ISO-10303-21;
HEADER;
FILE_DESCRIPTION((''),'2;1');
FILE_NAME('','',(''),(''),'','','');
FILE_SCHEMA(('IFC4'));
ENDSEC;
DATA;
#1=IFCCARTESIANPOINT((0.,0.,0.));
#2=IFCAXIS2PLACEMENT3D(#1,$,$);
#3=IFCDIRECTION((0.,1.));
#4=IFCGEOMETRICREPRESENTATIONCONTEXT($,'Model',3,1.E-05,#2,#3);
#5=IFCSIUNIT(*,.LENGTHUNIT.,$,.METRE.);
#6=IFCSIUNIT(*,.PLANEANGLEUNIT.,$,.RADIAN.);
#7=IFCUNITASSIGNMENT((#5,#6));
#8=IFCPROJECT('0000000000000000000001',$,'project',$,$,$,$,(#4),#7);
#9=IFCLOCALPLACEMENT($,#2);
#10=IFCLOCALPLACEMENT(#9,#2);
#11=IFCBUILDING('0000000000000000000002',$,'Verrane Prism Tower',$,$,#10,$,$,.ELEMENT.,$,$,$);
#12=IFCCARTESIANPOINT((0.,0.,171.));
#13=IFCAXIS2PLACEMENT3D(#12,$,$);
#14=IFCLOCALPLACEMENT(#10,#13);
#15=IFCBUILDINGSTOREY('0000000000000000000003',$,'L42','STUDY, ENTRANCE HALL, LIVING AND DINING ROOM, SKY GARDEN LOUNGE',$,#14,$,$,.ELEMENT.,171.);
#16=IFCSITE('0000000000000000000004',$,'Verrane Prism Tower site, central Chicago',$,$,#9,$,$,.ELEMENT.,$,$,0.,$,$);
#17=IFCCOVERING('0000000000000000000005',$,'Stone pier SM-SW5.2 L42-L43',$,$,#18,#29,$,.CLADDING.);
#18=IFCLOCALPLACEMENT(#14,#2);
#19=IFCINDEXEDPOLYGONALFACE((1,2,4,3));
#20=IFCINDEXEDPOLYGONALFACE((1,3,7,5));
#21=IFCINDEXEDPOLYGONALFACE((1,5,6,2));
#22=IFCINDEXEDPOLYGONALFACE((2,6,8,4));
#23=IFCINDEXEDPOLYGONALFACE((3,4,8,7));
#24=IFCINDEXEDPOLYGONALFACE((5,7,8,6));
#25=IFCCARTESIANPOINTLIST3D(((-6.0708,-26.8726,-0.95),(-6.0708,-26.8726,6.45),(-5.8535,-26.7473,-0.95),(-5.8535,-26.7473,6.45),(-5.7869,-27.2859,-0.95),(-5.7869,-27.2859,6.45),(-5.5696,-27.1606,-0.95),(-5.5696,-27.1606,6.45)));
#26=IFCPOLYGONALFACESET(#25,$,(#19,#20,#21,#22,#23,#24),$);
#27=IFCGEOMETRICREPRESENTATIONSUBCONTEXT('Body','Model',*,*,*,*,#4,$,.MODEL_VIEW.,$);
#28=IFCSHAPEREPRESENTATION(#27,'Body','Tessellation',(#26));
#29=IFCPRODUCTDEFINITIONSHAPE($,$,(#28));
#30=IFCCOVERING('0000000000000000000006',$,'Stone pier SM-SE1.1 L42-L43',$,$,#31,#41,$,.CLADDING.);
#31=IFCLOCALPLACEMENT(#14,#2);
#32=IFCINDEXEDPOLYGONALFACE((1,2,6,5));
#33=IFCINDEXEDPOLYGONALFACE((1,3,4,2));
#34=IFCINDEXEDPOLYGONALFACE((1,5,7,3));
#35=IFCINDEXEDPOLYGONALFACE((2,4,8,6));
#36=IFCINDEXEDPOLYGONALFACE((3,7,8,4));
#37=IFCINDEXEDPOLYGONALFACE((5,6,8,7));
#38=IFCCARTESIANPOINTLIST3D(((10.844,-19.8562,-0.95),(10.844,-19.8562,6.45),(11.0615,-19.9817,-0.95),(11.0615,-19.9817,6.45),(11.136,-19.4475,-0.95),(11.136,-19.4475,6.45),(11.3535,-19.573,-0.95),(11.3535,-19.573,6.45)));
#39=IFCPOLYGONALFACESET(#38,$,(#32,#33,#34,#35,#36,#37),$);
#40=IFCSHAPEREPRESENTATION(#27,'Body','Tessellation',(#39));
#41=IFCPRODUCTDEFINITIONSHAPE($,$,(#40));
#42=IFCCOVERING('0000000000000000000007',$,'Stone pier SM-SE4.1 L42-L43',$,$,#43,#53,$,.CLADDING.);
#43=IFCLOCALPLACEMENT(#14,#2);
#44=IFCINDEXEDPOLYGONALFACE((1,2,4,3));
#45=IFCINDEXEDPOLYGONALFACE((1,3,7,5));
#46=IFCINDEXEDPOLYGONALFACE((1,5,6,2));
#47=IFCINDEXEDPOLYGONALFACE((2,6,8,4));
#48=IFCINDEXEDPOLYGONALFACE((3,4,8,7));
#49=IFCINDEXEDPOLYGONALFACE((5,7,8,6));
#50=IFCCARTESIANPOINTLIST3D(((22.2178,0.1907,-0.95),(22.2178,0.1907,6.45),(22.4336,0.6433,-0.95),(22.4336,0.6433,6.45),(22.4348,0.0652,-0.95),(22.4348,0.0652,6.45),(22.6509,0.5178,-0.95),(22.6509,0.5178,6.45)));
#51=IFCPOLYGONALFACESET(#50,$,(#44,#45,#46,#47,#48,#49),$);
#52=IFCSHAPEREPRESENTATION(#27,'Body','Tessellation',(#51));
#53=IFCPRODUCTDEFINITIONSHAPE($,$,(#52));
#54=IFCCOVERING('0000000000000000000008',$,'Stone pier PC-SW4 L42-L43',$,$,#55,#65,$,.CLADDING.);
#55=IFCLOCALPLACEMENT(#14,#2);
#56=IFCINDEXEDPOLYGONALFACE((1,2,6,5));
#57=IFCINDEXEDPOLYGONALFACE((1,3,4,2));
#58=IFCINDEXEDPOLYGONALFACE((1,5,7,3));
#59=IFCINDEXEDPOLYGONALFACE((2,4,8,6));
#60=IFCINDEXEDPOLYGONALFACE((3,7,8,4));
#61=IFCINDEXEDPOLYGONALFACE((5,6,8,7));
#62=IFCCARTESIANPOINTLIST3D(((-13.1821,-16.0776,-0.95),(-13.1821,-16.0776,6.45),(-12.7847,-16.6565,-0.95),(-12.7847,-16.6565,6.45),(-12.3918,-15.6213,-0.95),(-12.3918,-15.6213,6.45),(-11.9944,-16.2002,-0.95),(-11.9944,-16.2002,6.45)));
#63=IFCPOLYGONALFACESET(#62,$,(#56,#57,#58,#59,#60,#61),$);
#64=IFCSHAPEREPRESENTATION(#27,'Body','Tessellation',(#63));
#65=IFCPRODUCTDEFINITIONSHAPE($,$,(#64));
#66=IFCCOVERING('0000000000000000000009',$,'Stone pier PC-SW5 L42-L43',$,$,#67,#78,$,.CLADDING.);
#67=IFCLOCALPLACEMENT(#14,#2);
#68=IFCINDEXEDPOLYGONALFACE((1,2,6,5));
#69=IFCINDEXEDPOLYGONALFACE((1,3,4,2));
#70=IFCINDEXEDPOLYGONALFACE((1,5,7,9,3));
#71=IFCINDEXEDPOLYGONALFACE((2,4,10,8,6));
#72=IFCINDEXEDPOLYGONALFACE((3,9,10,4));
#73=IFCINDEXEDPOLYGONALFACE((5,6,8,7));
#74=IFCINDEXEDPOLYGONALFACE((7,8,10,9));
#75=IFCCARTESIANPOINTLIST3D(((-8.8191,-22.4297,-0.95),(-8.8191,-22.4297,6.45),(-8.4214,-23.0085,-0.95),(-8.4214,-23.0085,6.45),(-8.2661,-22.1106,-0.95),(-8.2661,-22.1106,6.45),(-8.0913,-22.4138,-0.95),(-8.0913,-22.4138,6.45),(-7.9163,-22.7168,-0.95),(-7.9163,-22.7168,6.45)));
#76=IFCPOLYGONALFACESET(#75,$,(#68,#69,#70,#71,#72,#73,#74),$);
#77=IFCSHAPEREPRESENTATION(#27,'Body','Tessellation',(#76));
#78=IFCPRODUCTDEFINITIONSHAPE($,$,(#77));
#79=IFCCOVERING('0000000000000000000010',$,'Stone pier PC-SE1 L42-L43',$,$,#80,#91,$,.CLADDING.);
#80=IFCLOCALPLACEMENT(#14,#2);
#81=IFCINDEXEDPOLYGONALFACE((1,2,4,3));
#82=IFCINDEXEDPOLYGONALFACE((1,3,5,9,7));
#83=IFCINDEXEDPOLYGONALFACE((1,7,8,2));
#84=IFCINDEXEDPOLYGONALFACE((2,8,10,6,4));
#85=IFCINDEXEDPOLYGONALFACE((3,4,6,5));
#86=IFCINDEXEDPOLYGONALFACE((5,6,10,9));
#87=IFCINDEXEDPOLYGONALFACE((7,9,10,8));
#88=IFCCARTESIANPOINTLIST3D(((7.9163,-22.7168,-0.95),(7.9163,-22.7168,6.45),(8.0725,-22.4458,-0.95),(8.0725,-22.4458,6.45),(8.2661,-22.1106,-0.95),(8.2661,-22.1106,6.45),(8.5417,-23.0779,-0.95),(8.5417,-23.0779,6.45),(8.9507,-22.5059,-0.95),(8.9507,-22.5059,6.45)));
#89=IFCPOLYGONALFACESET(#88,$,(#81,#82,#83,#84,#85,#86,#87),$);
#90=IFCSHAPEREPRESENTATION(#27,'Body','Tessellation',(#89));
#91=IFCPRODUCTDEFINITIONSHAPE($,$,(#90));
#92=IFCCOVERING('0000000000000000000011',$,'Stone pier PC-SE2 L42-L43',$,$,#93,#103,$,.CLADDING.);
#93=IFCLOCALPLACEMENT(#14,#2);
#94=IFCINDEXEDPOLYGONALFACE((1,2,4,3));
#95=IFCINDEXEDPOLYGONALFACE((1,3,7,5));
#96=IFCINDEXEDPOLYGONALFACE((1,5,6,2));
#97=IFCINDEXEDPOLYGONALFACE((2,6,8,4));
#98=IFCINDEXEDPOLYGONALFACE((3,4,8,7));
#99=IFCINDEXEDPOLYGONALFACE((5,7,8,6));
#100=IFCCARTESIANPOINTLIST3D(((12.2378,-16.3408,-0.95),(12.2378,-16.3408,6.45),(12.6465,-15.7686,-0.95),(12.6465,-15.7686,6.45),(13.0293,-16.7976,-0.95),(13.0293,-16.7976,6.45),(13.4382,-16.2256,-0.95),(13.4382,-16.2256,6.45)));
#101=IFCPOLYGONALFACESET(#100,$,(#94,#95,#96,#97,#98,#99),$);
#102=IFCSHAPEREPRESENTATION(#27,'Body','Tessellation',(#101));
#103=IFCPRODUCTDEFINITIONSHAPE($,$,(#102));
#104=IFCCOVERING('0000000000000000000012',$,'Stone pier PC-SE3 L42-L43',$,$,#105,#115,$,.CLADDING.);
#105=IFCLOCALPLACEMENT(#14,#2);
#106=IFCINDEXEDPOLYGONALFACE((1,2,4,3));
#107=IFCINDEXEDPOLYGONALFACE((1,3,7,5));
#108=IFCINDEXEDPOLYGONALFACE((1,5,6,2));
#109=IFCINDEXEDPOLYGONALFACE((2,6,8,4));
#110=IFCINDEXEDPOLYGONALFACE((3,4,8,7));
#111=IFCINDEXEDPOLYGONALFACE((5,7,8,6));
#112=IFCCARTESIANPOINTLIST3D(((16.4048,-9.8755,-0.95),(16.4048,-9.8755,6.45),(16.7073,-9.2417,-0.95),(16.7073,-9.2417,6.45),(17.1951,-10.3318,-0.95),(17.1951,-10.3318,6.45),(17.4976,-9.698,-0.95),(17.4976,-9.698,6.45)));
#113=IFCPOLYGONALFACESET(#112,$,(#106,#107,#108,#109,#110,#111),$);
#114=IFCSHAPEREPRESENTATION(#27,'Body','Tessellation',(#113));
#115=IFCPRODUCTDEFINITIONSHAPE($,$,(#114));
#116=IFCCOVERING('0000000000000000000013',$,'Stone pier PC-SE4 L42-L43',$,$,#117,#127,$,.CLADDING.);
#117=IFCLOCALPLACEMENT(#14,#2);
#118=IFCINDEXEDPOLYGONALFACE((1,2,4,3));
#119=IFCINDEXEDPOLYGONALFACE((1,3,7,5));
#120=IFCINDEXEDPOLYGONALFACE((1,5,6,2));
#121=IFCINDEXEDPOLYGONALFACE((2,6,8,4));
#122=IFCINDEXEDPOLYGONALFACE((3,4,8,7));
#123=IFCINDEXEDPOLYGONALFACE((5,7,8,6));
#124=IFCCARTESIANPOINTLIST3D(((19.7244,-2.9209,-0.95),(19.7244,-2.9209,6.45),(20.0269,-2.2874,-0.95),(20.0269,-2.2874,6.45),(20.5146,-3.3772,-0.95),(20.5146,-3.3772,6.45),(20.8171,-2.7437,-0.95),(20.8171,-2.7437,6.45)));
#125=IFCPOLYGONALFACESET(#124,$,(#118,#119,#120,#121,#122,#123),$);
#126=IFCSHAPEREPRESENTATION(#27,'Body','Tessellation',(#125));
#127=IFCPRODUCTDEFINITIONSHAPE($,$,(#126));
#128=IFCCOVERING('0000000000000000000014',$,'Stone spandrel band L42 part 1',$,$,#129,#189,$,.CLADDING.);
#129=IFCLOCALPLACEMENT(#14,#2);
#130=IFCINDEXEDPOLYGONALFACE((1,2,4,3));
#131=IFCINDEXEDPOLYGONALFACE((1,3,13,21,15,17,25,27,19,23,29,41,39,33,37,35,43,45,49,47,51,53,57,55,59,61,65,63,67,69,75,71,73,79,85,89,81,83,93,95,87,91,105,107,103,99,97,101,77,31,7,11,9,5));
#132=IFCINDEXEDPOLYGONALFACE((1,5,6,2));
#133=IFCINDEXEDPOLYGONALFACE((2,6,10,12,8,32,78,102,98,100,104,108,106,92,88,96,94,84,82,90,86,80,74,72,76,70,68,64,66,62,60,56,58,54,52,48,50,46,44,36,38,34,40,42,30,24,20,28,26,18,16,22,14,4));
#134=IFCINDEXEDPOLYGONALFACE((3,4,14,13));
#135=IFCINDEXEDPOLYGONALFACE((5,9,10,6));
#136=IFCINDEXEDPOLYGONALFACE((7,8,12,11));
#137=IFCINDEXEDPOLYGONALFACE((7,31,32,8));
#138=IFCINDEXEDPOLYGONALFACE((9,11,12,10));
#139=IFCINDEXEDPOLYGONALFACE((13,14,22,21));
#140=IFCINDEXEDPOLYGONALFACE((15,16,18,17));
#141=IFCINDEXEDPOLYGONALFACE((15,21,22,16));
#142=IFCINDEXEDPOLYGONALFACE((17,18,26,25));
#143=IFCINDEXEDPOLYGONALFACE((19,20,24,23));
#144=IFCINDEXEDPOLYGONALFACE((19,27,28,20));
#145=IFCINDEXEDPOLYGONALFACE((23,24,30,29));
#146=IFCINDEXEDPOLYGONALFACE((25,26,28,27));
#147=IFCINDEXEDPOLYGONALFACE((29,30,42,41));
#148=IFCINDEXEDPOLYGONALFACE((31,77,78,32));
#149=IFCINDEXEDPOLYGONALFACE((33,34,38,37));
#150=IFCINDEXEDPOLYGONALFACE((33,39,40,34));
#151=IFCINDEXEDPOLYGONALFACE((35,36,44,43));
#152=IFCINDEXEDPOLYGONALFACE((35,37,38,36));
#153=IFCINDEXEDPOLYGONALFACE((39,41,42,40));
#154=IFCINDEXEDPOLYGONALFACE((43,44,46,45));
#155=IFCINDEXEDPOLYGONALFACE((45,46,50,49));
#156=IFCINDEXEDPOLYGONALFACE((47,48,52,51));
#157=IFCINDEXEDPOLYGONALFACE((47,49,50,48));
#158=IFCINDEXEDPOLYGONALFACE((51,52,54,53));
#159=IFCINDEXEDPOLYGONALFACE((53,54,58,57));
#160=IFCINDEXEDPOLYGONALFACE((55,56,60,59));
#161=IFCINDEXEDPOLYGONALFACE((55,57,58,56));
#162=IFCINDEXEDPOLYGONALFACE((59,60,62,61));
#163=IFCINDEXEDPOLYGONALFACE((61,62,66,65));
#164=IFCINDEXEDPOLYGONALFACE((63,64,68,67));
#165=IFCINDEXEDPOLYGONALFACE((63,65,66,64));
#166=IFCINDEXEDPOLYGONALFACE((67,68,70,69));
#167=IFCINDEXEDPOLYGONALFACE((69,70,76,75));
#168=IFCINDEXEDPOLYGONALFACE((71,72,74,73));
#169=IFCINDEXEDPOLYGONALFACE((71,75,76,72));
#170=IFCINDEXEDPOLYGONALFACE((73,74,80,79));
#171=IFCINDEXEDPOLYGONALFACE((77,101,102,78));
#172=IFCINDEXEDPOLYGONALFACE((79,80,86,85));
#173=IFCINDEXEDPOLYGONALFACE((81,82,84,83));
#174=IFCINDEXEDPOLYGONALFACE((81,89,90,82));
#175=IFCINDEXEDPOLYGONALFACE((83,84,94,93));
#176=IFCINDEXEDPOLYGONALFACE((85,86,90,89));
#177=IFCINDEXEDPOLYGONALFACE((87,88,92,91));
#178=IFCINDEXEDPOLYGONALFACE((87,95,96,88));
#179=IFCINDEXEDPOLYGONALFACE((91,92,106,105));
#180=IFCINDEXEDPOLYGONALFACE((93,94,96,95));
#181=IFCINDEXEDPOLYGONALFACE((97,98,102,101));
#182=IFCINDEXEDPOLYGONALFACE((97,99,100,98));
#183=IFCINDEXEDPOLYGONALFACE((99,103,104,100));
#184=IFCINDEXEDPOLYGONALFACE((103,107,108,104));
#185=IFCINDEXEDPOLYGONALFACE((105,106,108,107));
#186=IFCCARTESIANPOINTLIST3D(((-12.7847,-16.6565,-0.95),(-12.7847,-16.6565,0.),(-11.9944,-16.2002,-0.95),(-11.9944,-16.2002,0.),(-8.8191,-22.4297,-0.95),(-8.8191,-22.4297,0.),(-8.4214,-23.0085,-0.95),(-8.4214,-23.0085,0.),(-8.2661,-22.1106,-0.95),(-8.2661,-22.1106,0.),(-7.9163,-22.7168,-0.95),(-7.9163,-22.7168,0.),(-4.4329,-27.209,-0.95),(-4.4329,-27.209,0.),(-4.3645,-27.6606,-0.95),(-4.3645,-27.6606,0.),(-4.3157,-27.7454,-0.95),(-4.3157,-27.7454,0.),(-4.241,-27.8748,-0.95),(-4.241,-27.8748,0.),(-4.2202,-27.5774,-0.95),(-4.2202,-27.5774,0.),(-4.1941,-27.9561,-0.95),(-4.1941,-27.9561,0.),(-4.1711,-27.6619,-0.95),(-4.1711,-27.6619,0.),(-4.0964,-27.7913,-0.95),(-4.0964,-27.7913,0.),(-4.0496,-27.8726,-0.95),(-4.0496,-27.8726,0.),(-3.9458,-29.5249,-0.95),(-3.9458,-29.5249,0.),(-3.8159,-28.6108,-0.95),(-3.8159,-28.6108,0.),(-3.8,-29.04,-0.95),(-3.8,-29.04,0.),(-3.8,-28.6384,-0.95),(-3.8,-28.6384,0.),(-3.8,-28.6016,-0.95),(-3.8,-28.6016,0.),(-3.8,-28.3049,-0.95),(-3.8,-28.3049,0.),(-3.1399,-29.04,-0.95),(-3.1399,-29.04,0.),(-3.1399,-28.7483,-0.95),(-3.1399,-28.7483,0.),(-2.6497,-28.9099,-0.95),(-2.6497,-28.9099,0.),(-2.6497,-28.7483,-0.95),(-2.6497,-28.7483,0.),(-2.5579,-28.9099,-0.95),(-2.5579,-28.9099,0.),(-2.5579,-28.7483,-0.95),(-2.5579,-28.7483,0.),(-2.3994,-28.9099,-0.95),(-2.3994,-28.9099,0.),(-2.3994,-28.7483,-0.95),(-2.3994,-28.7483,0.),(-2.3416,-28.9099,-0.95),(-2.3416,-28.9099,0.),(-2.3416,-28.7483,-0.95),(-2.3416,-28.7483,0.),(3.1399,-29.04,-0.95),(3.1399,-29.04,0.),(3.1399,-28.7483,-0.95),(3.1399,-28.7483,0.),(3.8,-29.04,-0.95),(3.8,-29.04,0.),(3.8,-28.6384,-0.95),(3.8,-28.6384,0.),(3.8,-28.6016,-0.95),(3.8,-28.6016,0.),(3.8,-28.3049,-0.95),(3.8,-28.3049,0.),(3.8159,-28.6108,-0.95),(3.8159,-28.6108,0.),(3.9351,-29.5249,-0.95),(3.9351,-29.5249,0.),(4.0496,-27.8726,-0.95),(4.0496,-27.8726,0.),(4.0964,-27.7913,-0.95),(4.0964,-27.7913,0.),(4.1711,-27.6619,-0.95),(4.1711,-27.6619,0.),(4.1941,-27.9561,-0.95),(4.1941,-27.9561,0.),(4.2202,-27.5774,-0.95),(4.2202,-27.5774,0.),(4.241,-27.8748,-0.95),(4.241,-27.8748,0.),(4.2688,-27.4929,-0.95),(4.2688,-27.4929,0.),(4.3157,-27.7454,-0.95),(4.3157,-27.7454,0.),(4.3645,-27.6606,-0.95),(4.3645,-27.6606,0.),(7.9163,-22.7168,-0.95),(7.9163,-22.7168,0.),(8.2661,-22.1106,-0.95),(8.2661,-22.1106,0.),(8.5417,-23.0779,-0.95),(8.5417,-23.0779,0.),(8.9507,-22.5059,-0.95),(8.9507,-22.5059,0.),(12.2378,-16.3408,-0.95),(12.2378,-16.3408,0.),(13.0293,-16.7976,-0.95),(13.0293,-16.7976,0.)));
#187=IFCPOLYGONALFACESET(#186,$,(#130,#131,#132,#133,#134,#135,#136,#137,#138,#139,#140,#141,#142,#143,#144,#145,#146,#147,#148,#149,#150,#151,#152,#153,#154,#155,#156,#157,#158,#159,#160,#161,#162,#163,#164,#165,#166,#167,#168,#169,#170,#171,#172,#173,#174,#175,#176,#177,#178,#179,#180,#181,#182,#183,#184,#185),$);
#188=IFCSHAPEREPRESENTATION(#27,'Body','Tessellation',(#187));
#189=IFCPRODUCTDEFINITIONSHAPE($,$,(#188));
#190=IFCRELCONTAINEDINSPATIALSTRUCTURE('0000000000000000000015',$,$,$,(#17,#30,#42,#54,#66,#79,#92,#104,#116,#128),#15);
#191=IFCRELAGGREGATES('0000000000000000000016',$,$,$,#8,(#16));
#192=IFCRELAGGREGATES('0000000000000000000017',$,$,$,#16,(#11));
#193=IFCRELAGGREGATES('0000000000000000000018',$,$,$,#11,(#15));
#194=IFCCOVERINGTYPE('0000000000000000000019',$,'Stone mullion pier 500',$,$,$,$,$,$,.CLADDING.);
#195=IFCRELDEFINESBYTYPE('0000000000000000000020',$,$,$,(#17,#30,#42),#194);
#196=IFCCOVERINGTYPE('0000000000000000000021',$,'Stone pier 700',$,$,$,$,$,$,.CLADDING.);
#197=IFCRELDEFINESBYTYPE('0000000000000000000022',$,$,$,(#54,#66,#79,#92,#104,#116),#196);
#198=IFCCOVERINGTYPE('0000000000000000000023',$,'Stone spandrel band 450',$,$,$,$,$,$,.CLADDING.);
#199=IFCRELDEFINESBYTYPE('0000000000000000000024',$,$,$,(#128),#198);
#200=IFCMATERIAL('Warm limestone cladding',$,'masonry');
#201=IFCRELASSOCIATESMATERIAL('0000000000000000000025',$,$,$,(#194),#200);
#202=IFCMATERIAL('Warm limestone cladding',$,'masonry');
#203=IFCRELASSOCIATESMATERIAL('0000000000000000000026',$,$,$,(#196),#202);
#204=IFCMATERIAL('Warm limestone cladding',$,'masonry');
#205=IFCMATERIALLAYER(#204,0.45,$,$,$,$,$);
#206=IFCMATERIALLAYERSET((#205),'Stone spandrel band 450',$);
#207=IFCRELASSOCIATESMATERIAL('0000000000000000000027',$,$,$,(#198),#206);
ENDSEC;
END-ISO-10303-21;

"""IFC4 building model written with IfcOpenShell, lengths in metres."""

from ifc_helpers import new_model, si_unit, direction, frame, origin, place, context, subcontext, project, spatial, polyline, outline, extrude, material, layer, layer_set, type_object, element, save


model = new_model("IFC4")

# Units and contexts
model_context = context("Model", 3, precision=1e-05, world=origin(), true_north=direction((0.0, 1.0)))
body_context = subcontext(model_context, "Body", "Model", "MODEL_VIEW")
ifc_project = project(units=[si_unit("LENGTHUNIT", "METRE"), si_unit("PLANEANGLEUNIT", "RADIAN")], contexts=[model_context])

# Site, building, storey
site_placement = place(None, origin())
site = spatial("IfcSite", under=ifc_project, at=site_placement, Name="Verrane Prism Tower site, central Chicago", CompositionType="ELEMENT", RefElevation=0.0)
building_placement = place(site_placement, origin())
building = spatial("IfcBuilding", under=site, at=building_placement, Name="Verrane Prism Tower", CompositionType="ELEMENT")
storey_placement = place(building_placement, frame((0.0, 0.0, 171.0)))
storey = spatial("IfcBuildingStorey", under=building, at=storey_placement, Name="L42", Description="STUDY, ENTRANCE HALL, LIVING AND DINING ROOM, SKY GARDEN LOUNGE", CompositionType="ELEMENT", Elevation=171.0)

# Coverings
ifc_material_1 = material(Name="Warm limestone cladding", Category="masonry")
covering_type_1 = type_object("IfcCoveringType", Name="Stone mullion pier 500", PredefinedType="CLADDING", material=ifc_material_1)
covering_1_placement = place(storey_placement, frame((0.0, 0.0, -0.95)))
element("IfcCovering", 1, at=covering_1_placement, inside=storey, type_object=covering_type_1, Name="Stone pier SM-SW5.2 L42-L43", PredefinedType="CLADDING", context=body_context, shape_type="SweptSolid", body=[
    extrude(outline(polyline([(-5.5696, -27.1606), (-5.8535, -26.7473), (-6.0708, -26.8726), (-5.7869, -27.2859), (-5.5696, -27.1606)])), origin(), (0.0, 0.0, 1.0), 7.3999),
])
covering_2_placement = place(storey_placement, frame((0.0, 0.0, -0.95)))
element("IfcCovering", 2, at=covering_2_placement, inside=storey, type_object=covering_type_1, Name="Stone pier SM-SE1.1 L42-L43", PredefinedType="CLADDING", context=body_context, shape_type="SweptSolid", body=[
    extrude(outline(polyline([(11.136, -19.4475), (10.844, -19.8562), (11.0615, -19.9817), (11.3535, -19.573), (11.136, -19.4475)])), origin(), (0.0, 0.0, 1.0), 7.3999),
])
covering_3_placement = place(storey_placement, frame((0.0, 0.0, -0.95)))
element("IfcCovering", 3, at=covering_3_placement, inside=storey, type_object=covering_type_1, Name="Stone pier SM-SE4.1 L42-L43", PredefinedType="CLADDING", context=body_context, shape_type="SweptSolid", body=[
    extrude(outline(polyline([(22.4336, 0.6433), (22.2178, 0.1907), (22.4348, 0.0652), (22.6509, 0.5178), (22.4336, 0.6433)])), origin(), (0.0, 0.0, 1.0), 7.3999),
])
ifc_material_2 = material(Name="Warm limestone cladding", Category="masonry")
covering_type_2 = type_object("IfcCoveringType", Name="Stone pier 700", PredefinedType="CLADDING", material=ifc_material_2)
covering_4_placement = place(storey_placement, frame((0.0, 0.0, -0.95)))
element("IfcCovering", 4, at=covering_4_placement, inside=storey, type_object=covering_type_2, Name="Stone pier PC-SW4 L42-L43", PredefinedType="CLADDING", context=body_context, shape_type="SweptSolid", body=[
    extrude(outline(polyline([(-12.7847, -16.6565), (-11.9944, -16.2002), (-12.3918, -15.6213), (-13.1821, -16.0776), (-12.7847, -16.6565)])), origin(), (0.0, 0.0, 1.0), 7.3999),
])
covering_5_placement = place(storey_placement, frame((0.0, 0.0, -0.95)))
element("IfcCovering", 5, at=covering_5_placement, inside=storey, type_object=covering_type_2, Name="Stone pier PC-SW5 L42-L43", PredefinedType="CLADDING", context=body_context, shape_type="SweptSolid", body=[
    extrude(outline(polyline([(-7.9163, -22.7168), (-8.0913, -22.4138), (-8.2661, -22.1106), (-8.8191, -22.4297), (-8.4214, -23.0085), (-7.9163, -22.7168)])), origin(), (0.0, 0.0, 1.0), 7.3999),
])
covering_6_placement = place(storey_placement, frame((0.0, 0.0, -0.95)))
element("IfcCovering", 6, at=covering_6_placement, inside=storey, type_object=covering_type_2, Name="Stone pier PC-SE1 L42-L43", PredefinedType="CLADDING", context=body_context, shape_type="SweptSolid", body=[
    extrude(outline(polyline([(8.2661, -22.1106), (8.0725, -22.4458), (7.9163, -22.7168), (8.5417, -23.0779), (8.9507, -22.5059), (8.2661, -22.1106)])), origin(), (0.0, 0.0, 1.0), 7.3999),
])
covering_7_placement = place(storey_placement, frame((0.0, 0.0, -0.95)))
element("IfcCovering", 7, at=covering_7_placement, inside=storey, type_object=covering_type_2, Name="Stone pier PC-SE2 L42-L43", PredefinedType="CLADDING", context=body_context, shape_type="SweptSolid", body=[
    extrude(outline(polyline([(13.4382, -16.2256), (12.6465, -15.7686), (12.2378, -16.3408), (13.0293, -16.7976), (13.4382, -16.2256)])), origin(), (0.0, 0.0, 1.0), 7.3999),
])
covering_8_placement = place(storey_placement, frame((0.0, 0.0, -0.95)))
element("IfcCovering", 8, at=covering_8_placement, inside=storey, type_object=covering_type_2, Name="Stone pier PC-SE3 L42-L43", PredefinedType="CLADDING", context=body_context, shape_type="SweptSolid", body=[
    extrude(outline(polyline([(17.4976, -9.698), (16.7073, -9.2417), (16.4048, -9.8755), (17.1951, -10.3318), (17.4976, -9.698)])), origin(), (0.0, 0.0, 1.0), 7.3999),
])
covering_9_placement = place(storey_placement, frame((0.0, 0.0, -0.95)))
element("IfcCovering", 9, at=covering_9_placement, inside=storey, type_object=covering_type_2, Name="Stone pier PC-SE4 L42-L43", PredefinedType="CLADDING", context=body_context, shape_type="SweptSolid", body=[
    extrude(outline(polyline([(20.8171, -2.7437), (20.0269, -2.2874), (19.7244, -2.9209), (20.5146, -3.3772), (20.8171, -2.7437)])), origin(), (0.0, 0.0, 1.0), 7.3999),
])
ifc_material_3 = material(Name="Warm limestone cladding", Category="masonry")
ifc_layer_1 = layer(ifc_material_3, 0.45)
ifc_layer_set_1 = layer_set([ifc_layer_1], Name="Stone spandrel band 450")
covering_type_3 = type_object("IfcCoveringType", Name="Stone spandrel band 450", PredefinedType="CLADDING", material=ifc_layer_set_1)
covering_10_placement = place(storey_placement, frame((0.0, 0.0, -0.95)))
element("IfcCovering", 10, at=covering_10_placement, inside=storey, type_object=covering_type_3, Name="Stone spandrel band L42 part 1", PredefinedType="CLADDING", context=body_context, shape_type="SweptSolid", body=[
    extrude(outline(polyline([(3.9351, -29.5249), (8.5417, -23.0779), (7.9163, -22.7168), (8.2661, -22.1106), (8.9507, -22.5059), (13.0293, -16.7976), (12.2378, -16.3408), (4.2688, -27.4929), (4.2202, -27.5774), (4.3645, -27.6606), (4.3157, -27.7454), (4.1711, -27.6619), (4.0964, -27.7913), (4.241, -27.8748), (4.1941, -27.9561), (4.0496, -27.8726), (3.8, -28.3049), (3.8, -28.6016), (3.8159, -28.6108), (3.8, -28.6384), (3.8, -29.04), (3.1399, -29.04), (3.1399, -28.7483), (-2.3416, -28.7483), (-2.3416, -28.9099), (-2.3994, -28.9099), (-2.3994, -28.7483), (-2.5579, -28.7483), (-2.5579, -28.9099), (-2.6497, -28.9099), (-2.6497, -28.7483), (-3.1399, -28.7483), (-3.1399, -29.04), (-3.8, -29.04), (-3.8, -28.6384), (-3.8159, -28.6108), (-3.8, -28.6016), (-3.8, -28.3049), (-4.0496, -27.8726), (-4.1941, -27.9561), (-4.241, -27.8748), (-4.0964, -27.7913), (-4.1711, -27.6619), (-4.3157, -27.7454), (-4.3645, -27.6606), (-4.2202, -27.5774), (-4.4329, -27.209), (-11.9944, -16.2002), (-12.7847, -16.6565), (-8.8191, -22.4297), (-8.2661, -22.1106), (-7.9163, -22.7168), (-8.4214, -23.0085), (-3.9458, -29.5249), (3.9351, -29.5249)])), origin(), (0.0, 0.0, 1.0), 0.95),
])

save(model, "model.ifc")
